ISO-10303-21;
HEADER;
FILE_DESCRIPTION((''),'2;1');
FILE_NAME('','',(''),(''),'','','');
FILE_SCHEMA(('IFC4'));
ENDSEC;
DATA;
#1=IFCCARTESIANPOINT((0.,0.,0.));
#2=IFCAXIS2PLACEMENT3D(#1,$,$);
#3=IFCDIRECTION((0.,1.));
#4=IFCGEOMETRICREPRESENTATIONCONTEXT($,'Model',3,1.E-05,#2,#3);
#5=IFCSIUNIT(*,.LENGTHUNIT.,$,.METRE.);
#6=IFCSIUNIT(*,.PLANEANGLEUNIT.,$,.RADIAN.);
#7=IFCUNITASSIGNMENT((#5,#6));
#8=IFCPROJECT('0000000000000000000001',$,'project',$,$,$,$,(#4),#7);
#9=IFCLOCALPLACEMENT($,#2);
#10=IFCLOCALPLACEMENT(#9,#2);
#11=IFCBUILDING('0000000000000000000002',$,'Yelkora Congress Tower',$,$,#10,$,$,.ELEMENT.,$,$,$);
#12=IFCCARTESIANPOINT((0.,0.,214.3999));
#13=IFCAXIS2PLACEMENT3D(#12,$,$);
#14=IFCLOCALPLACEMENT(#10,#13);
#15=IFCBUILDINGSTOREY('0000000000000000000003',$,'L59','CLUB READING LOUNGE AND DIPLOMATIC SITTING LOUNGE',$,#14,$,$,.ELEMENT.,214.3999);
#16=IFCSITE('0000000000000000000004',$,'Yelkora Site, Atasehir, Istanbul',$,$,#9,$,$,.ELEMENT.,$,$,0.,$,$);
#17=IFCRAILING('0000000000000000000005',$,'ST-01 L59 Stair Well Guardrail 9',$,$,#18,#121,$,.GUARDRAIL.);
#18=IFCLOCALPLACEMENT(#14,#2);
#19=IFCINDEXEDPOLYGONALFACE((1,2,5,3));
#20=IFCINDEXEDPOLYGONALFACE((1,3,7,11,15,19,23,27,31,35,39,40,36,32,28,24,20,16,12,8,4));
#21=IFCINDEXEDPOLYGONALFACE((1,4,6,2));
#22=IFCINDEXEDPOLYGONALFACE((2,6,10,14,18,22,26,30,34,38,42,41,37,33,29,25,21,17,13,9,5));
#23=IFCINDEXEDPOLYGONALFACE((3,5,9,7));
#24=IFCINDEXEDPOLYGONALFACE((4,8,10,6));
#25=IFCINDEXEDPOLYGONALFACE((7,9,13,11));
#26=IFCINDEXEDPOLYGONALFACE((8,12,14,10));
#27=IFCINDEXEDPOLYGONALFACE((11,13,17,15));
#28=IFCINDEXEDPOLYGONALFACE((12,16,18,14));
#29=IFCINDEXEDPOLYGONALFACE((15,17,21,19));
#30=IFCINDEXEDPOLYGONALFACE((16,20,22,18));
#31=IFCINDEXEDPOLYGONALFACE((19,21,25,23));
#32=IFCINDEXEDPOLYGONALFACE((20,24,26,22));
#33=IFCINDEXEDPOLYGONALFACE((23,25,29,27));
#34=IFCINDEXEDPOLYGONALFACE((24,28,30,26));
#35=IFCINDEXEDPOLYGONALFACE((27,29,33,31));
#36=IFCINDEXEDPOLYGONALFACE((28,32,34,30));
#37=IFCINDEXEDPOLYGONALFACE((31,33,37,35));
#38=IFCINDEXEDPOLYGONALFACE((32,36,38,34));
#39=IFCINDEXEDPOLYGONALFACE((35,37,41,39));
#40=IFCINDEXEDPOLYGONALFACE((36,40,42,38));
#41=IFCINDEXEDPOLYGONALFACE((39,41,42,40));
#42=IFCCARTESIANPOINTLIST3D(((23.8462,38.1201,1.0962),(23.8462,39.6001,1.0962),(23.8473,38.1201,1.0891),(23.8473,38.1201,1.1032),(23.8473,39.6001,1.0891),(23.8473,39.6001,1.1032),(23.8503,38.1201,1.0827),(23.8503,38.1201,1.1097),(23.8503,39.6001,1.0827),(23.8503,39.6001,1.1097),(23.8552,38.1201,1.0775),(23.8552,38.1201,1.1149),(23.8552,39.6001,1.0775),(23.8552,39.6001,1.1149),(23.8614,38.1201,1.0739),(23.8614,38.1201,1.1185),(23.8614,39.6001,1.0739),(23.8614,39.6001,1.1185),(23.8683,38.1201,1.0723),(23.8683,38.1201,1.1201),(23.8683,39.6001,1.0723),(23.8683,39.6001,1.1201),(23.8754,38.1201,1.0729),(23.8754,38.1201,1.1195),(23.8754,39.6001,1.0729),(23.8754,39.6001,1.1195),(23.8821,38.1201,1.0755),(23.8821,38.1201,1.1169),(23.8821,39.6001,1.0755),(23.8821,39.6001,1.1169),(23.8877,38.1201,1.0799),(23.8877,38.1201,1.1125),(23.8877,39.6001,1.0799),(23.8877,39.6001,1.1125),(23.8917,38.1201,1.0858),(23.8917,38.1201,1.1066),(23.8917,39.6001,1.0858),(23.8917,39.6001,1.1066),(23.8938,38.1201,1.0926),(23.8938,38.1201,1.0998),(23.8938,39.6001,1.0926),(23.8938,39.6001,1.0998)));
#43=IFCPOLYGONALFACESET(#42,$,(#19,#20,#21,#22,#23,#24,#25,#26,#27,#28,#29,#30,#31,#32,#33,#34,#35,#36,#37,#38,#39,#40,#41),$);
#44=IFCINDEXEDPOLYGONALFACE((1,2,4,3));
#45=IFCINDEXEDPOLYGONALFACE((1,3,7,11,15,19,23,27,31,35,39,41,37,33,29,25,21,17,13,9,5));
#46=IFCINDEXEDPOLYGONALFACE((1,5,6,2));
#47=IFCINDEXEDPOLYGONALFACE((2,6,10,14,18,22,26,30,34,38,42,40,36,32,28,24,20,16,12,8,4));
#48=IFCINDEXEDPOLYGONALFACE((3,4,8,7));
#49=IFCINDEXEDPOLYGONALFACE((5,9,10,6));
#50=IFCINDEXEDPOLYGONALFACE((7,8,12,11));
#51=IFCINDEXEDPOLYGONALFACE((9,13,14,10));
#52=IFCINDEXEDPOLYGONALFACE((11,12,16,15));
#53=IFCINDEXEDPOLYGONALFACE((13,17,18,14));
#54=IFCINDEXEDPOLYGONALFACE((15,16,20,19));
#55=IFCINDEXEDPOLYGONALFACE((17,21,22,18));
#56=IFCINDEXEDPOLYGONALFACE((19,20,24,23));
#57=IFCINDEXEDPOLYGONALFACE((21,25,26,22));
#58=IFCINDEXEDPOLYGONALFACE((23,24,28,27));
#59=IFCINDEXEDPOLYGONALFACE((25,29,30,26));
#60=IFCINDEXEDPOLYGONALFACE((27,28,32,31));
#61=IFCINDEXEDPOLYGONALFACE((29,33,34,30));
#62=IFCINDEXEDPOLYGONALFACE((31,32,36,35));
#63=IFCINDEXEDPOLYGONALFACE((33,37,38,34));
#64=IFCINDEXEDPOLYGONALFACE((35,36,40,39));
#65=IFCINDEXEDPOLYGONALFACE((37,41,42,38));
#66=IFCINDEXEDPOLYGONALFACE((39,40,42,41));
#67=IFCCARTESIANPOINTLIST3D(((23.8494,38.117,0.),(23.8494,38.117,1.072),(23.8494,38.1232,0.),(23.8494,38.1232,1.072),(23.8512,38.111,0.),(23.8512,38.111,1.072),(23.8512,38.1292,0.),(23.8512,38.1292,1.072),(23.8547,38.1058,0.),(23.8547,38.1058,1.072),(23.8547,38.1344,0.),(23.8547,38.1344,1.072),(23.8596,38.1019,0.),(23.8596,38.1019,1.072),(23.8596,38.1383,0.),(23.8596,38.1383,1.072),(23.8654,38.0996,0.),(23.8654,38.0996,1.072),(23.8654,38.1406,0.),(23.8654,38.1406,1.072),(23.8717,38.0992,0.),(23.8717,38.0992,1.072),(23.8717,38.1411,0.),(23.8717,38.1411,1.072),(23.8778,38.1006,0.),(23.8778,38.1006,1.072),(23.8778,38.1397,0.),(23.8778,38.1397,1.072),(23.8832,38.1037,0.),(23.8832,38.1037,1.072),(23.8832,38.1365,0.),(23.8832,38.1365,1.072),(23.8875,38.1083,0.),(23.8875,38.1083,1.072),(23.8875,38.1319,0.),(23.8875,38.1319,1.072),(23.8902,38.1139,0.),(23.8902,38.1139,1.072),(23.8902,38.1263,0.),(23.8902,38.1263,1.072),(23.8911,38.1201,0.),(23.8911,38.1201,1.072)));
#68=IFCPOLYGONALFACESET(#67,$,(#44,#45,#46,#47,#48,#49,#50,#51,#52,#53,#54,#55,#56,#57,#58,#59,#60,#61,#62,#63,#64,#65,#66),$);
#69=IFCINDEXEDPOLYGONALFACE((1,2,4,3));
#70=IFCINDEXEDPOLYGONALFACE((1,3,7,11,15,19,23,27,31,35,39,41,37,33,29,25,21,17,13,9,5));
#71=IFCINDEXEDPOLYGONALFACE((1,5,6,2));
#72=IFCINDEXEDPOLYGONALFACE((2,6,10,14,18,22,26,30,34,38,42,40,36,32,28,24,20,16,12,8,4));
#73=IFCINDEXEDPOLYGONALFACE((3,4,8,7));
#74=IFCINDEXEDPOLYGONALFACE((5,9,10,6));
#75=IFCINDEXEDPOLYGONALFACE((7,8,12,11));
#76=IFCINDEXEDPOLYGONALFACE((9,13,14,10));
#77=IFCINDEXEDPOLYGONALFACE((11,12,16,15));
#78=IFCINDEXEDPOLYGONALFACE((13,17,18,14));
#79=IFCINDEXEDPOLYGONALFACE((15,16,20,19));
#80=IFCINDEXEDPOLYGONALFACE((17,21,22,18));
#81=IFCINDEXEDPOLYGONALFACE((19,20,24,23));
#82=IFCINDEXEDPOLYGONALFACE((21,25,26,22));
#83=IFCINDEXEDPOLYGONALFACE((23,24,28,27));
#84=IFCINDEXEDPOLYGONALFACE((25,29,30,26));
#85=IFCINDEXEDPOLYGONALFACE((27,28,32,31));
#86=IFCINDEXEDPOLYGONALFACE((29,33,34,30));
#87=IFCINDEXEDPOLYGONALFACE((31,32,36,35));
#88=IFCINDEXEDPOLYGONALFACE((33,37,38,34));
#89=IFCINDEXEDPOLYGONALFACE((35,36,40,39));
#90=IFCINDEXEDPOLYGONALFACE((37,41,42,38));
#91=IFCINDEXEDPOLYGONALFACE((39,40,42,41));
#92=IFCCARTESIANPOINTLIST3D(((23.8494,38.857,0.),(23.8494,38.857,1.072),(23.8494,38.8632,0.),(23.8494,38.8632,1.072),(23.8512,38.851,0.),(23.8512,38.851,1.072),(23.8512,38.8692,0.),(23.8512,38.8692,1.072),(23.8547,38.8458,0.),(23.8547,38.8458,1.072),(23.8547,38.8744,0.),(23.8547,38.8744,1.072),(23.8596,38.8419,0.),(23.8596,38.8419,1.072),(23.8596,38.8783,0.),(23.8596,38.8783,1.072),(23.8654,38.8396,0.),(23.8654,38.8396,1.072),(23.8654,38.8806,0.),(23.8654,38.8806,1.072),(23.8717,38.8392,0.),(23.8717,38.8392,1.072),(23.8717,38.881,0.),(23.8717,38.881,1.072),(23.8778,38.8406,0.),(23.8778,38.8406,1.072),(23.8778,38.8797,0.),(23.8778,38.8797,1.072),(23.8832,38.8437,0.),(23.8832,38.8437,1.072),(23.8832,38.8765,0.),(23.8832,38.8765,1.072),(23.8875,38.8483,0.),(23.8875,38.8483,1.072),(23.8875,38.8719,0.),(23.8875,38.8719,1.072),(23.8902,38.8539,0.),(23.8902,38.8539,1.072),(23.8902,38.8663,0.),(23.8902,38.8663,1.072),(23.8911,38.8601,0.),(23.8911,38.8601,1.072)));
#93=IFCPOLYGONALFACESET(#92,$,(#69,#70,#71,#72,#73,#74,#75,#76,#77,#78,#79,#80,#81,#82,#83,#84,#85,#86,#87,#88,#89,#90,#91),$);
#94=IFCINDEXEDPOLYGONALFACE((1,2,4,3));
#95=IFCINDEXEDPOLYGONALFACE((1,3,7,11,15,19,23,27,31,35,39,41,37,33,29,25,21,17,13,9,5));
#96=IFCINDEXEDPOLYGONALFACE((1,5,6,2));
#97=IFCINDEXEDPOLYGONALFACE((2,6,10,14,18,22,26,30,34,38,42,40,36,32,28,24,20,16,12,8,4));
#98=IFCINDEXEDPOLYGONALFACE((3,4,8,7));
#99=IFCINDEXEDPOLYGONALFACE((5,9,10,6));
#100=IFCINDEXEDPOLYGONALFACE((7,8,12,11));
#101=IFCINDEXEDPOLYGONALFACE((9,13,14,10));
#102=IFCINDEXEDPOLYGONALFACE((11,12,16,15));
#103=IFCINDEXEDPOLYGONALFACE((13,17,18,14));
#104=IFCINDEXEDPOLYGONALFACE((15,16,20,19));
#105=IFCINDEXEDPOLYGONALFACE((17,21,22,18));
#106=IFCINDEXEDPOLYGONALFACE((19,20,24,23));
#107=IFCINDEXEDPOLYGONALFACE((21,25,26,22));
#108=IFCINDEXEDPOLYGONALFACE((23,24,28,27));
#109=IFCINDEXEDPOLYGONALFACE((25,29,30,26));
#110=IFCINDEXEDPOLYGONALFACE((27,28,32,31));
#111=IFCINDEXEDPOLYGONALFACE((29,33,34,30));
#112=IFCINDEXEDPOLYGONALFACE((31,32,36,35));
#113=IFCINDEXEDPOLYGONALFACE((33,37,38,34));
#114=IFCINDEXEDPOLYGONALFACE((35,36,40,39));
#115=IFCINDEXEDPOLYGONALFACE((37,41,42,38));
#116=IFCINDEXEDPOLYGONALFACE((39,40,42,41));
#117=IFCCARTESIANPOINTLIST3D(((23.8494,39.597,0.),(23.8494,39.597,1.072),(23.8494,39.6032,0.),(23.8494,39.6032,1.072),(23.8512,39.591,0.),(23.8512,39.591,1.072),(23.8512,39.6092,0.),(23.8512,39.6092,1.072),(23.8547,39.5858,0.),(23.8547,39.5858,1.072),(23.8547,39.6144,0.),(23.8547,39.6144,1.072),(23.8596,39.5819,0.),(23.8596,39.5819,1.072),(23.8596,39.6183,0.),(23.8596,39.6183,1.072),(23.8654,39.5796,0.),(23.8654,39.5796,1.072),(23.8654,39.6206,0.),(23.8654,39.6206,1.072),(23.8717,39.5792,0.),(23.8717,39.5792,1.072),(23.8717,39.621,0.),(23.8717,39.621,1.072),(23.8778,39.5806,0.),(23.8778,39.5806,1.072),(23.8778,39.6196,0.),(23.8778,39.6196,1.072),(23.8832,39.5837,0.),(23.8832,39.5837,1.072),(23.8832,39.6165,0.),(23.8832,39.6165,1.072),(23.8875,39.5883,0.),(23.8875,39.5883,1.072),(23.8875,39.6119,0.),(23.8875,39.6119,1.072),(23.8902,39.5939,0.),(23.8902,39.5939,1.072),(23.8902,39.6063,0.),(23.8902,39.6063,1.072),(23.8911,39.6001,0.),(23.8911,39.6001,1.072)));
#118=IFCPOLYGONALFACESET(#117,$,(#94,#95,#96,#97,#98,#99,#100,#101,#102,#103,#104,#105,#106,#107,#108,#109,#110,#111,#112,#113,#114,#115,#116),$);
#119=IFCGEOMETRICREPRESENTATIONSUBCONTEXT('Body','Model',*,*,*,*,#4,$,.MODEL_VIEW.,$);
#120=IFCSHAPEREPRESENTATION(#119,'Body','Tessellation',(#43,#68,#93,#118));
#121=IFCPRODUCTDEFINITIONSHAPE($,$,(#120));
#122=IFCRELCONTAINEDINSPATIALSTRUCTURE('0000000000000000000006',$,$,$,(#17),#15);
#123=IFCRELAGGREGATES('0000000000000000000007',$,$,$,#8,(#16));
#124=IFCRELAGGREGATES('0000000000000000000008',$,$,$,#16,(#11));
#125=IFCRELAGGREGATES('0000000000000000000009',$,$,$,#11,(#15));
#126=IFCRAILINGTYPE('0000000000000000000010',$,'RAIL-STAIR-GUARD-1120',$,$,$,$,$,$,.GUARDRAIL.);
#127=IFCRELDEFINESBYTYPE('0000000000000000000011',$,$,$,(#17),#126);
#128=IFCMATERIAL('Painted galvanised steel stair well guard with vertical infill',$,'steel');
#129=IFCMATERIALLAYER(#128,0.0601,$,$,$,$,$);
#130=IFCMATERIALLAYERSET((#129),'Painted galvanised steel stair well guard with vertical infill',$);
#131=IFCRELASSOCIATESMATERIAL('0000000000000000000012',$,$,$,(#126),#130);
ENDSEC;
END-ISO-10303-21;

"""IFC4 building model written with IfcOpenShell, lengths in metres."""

from ifc_helpers import new_model, si_unit, direction, frame, origin, origin_2d, place, context, subcontext, project, spatial, circle, extrude, material, layer, layer_set, type_object, element, save


model = new_model("IFC4")

# Units and contexts
model_context = context("Model", 3, precision=1e-05, world=origin(), true_north=direction((0.0, 1.0)))
body_context = subcontext(model_context, "Body", "Model", "MODEL_VIEW")
ifc_project = project(units=[si_unit("LENGTHUNIT", "METRE"), si_unit("PLANEANGLEUNIT", "RADIAN")], contexts=[model_context])

# Site, building, storey
site_placement = place(None, origin())
site = spatial("IfcSite", under=ifc_project, at=site_placement, Name="Yelkora Site, Atasehir, Istanbul", CompositionType="ELEMENT", RefElevation=0.0)
building_placement = place(site_placement, origin())
building = spatial("IfcBuilding", under=site, at=building_placement, Name="Yelkora Congress Tower", CompositionType="ELEMENT")
storey_placement = place(building_placement, frame((0.0, 0.0, 214.3999)))
storey = spatial("IfcBuildingStorey", under=building, at=storey_placement, Name="L59", Description="CLUB READING LOUNGE AND DIPLOMATIC SITTING LOUNGE", CompositionType="ELEMENT", Elevation=214.3999)

# Railing
ifc_material_1 = material(Name="Painted galvanised steel stair well guard with vertical infill", Category="steel")
ifc_layer_1 = layer(ifc_material_1, 0.0601)
ifc_layer_set_1 = layer_set([ifc_layer_1], Name="Painted galvanised steel stair well guard with vertical infill")
railing_type_1 = type_object("IfcRailingType", Name="RAIL-STAIR-GUARD-1120", PredefinedType="GUARDRAIL", material=ifc_layer_set_1)
railing_1_placement = place(storey_placement, frame((23.8701, 38.1201, 0.0)))
element("IfcRailing", 1, at=railing_1_placement, inside=storey, type_object=railing_type_1, Name="ST-01 L59 Stair Well Guardrail 9", PredefinedType="GUARDRAIL", context=body_context, shape_type="SweptSolid", body=[
    extrude(circle(Radius=0.0239, at=origin_2d()), frame((0.0, 0.0, 1.0962), z_axis=(0.0, 1.0, 0.0), x_axis=(-1.0, 0.0, 0.0)), (0.0, 0.0, 1.0), 1.48),
    extrude(circle(Radius=0.021, at=origin_2d()), origin(), (0.0, 0.0, 1.0), 1.072),
    extrude(circle(Radius=0.021, at=origin_2d()), frame((0.0, 0.74, 0.0)), (0.0, 0.0, 1.0), 1.072),
    extrude(circle(Radius=0.021, at=origin_2d()), frame((0.0, 1.48, 0.0)), (0.0, 0.0, 1.0), 1.072),
])

save(model, "model.ifc")
